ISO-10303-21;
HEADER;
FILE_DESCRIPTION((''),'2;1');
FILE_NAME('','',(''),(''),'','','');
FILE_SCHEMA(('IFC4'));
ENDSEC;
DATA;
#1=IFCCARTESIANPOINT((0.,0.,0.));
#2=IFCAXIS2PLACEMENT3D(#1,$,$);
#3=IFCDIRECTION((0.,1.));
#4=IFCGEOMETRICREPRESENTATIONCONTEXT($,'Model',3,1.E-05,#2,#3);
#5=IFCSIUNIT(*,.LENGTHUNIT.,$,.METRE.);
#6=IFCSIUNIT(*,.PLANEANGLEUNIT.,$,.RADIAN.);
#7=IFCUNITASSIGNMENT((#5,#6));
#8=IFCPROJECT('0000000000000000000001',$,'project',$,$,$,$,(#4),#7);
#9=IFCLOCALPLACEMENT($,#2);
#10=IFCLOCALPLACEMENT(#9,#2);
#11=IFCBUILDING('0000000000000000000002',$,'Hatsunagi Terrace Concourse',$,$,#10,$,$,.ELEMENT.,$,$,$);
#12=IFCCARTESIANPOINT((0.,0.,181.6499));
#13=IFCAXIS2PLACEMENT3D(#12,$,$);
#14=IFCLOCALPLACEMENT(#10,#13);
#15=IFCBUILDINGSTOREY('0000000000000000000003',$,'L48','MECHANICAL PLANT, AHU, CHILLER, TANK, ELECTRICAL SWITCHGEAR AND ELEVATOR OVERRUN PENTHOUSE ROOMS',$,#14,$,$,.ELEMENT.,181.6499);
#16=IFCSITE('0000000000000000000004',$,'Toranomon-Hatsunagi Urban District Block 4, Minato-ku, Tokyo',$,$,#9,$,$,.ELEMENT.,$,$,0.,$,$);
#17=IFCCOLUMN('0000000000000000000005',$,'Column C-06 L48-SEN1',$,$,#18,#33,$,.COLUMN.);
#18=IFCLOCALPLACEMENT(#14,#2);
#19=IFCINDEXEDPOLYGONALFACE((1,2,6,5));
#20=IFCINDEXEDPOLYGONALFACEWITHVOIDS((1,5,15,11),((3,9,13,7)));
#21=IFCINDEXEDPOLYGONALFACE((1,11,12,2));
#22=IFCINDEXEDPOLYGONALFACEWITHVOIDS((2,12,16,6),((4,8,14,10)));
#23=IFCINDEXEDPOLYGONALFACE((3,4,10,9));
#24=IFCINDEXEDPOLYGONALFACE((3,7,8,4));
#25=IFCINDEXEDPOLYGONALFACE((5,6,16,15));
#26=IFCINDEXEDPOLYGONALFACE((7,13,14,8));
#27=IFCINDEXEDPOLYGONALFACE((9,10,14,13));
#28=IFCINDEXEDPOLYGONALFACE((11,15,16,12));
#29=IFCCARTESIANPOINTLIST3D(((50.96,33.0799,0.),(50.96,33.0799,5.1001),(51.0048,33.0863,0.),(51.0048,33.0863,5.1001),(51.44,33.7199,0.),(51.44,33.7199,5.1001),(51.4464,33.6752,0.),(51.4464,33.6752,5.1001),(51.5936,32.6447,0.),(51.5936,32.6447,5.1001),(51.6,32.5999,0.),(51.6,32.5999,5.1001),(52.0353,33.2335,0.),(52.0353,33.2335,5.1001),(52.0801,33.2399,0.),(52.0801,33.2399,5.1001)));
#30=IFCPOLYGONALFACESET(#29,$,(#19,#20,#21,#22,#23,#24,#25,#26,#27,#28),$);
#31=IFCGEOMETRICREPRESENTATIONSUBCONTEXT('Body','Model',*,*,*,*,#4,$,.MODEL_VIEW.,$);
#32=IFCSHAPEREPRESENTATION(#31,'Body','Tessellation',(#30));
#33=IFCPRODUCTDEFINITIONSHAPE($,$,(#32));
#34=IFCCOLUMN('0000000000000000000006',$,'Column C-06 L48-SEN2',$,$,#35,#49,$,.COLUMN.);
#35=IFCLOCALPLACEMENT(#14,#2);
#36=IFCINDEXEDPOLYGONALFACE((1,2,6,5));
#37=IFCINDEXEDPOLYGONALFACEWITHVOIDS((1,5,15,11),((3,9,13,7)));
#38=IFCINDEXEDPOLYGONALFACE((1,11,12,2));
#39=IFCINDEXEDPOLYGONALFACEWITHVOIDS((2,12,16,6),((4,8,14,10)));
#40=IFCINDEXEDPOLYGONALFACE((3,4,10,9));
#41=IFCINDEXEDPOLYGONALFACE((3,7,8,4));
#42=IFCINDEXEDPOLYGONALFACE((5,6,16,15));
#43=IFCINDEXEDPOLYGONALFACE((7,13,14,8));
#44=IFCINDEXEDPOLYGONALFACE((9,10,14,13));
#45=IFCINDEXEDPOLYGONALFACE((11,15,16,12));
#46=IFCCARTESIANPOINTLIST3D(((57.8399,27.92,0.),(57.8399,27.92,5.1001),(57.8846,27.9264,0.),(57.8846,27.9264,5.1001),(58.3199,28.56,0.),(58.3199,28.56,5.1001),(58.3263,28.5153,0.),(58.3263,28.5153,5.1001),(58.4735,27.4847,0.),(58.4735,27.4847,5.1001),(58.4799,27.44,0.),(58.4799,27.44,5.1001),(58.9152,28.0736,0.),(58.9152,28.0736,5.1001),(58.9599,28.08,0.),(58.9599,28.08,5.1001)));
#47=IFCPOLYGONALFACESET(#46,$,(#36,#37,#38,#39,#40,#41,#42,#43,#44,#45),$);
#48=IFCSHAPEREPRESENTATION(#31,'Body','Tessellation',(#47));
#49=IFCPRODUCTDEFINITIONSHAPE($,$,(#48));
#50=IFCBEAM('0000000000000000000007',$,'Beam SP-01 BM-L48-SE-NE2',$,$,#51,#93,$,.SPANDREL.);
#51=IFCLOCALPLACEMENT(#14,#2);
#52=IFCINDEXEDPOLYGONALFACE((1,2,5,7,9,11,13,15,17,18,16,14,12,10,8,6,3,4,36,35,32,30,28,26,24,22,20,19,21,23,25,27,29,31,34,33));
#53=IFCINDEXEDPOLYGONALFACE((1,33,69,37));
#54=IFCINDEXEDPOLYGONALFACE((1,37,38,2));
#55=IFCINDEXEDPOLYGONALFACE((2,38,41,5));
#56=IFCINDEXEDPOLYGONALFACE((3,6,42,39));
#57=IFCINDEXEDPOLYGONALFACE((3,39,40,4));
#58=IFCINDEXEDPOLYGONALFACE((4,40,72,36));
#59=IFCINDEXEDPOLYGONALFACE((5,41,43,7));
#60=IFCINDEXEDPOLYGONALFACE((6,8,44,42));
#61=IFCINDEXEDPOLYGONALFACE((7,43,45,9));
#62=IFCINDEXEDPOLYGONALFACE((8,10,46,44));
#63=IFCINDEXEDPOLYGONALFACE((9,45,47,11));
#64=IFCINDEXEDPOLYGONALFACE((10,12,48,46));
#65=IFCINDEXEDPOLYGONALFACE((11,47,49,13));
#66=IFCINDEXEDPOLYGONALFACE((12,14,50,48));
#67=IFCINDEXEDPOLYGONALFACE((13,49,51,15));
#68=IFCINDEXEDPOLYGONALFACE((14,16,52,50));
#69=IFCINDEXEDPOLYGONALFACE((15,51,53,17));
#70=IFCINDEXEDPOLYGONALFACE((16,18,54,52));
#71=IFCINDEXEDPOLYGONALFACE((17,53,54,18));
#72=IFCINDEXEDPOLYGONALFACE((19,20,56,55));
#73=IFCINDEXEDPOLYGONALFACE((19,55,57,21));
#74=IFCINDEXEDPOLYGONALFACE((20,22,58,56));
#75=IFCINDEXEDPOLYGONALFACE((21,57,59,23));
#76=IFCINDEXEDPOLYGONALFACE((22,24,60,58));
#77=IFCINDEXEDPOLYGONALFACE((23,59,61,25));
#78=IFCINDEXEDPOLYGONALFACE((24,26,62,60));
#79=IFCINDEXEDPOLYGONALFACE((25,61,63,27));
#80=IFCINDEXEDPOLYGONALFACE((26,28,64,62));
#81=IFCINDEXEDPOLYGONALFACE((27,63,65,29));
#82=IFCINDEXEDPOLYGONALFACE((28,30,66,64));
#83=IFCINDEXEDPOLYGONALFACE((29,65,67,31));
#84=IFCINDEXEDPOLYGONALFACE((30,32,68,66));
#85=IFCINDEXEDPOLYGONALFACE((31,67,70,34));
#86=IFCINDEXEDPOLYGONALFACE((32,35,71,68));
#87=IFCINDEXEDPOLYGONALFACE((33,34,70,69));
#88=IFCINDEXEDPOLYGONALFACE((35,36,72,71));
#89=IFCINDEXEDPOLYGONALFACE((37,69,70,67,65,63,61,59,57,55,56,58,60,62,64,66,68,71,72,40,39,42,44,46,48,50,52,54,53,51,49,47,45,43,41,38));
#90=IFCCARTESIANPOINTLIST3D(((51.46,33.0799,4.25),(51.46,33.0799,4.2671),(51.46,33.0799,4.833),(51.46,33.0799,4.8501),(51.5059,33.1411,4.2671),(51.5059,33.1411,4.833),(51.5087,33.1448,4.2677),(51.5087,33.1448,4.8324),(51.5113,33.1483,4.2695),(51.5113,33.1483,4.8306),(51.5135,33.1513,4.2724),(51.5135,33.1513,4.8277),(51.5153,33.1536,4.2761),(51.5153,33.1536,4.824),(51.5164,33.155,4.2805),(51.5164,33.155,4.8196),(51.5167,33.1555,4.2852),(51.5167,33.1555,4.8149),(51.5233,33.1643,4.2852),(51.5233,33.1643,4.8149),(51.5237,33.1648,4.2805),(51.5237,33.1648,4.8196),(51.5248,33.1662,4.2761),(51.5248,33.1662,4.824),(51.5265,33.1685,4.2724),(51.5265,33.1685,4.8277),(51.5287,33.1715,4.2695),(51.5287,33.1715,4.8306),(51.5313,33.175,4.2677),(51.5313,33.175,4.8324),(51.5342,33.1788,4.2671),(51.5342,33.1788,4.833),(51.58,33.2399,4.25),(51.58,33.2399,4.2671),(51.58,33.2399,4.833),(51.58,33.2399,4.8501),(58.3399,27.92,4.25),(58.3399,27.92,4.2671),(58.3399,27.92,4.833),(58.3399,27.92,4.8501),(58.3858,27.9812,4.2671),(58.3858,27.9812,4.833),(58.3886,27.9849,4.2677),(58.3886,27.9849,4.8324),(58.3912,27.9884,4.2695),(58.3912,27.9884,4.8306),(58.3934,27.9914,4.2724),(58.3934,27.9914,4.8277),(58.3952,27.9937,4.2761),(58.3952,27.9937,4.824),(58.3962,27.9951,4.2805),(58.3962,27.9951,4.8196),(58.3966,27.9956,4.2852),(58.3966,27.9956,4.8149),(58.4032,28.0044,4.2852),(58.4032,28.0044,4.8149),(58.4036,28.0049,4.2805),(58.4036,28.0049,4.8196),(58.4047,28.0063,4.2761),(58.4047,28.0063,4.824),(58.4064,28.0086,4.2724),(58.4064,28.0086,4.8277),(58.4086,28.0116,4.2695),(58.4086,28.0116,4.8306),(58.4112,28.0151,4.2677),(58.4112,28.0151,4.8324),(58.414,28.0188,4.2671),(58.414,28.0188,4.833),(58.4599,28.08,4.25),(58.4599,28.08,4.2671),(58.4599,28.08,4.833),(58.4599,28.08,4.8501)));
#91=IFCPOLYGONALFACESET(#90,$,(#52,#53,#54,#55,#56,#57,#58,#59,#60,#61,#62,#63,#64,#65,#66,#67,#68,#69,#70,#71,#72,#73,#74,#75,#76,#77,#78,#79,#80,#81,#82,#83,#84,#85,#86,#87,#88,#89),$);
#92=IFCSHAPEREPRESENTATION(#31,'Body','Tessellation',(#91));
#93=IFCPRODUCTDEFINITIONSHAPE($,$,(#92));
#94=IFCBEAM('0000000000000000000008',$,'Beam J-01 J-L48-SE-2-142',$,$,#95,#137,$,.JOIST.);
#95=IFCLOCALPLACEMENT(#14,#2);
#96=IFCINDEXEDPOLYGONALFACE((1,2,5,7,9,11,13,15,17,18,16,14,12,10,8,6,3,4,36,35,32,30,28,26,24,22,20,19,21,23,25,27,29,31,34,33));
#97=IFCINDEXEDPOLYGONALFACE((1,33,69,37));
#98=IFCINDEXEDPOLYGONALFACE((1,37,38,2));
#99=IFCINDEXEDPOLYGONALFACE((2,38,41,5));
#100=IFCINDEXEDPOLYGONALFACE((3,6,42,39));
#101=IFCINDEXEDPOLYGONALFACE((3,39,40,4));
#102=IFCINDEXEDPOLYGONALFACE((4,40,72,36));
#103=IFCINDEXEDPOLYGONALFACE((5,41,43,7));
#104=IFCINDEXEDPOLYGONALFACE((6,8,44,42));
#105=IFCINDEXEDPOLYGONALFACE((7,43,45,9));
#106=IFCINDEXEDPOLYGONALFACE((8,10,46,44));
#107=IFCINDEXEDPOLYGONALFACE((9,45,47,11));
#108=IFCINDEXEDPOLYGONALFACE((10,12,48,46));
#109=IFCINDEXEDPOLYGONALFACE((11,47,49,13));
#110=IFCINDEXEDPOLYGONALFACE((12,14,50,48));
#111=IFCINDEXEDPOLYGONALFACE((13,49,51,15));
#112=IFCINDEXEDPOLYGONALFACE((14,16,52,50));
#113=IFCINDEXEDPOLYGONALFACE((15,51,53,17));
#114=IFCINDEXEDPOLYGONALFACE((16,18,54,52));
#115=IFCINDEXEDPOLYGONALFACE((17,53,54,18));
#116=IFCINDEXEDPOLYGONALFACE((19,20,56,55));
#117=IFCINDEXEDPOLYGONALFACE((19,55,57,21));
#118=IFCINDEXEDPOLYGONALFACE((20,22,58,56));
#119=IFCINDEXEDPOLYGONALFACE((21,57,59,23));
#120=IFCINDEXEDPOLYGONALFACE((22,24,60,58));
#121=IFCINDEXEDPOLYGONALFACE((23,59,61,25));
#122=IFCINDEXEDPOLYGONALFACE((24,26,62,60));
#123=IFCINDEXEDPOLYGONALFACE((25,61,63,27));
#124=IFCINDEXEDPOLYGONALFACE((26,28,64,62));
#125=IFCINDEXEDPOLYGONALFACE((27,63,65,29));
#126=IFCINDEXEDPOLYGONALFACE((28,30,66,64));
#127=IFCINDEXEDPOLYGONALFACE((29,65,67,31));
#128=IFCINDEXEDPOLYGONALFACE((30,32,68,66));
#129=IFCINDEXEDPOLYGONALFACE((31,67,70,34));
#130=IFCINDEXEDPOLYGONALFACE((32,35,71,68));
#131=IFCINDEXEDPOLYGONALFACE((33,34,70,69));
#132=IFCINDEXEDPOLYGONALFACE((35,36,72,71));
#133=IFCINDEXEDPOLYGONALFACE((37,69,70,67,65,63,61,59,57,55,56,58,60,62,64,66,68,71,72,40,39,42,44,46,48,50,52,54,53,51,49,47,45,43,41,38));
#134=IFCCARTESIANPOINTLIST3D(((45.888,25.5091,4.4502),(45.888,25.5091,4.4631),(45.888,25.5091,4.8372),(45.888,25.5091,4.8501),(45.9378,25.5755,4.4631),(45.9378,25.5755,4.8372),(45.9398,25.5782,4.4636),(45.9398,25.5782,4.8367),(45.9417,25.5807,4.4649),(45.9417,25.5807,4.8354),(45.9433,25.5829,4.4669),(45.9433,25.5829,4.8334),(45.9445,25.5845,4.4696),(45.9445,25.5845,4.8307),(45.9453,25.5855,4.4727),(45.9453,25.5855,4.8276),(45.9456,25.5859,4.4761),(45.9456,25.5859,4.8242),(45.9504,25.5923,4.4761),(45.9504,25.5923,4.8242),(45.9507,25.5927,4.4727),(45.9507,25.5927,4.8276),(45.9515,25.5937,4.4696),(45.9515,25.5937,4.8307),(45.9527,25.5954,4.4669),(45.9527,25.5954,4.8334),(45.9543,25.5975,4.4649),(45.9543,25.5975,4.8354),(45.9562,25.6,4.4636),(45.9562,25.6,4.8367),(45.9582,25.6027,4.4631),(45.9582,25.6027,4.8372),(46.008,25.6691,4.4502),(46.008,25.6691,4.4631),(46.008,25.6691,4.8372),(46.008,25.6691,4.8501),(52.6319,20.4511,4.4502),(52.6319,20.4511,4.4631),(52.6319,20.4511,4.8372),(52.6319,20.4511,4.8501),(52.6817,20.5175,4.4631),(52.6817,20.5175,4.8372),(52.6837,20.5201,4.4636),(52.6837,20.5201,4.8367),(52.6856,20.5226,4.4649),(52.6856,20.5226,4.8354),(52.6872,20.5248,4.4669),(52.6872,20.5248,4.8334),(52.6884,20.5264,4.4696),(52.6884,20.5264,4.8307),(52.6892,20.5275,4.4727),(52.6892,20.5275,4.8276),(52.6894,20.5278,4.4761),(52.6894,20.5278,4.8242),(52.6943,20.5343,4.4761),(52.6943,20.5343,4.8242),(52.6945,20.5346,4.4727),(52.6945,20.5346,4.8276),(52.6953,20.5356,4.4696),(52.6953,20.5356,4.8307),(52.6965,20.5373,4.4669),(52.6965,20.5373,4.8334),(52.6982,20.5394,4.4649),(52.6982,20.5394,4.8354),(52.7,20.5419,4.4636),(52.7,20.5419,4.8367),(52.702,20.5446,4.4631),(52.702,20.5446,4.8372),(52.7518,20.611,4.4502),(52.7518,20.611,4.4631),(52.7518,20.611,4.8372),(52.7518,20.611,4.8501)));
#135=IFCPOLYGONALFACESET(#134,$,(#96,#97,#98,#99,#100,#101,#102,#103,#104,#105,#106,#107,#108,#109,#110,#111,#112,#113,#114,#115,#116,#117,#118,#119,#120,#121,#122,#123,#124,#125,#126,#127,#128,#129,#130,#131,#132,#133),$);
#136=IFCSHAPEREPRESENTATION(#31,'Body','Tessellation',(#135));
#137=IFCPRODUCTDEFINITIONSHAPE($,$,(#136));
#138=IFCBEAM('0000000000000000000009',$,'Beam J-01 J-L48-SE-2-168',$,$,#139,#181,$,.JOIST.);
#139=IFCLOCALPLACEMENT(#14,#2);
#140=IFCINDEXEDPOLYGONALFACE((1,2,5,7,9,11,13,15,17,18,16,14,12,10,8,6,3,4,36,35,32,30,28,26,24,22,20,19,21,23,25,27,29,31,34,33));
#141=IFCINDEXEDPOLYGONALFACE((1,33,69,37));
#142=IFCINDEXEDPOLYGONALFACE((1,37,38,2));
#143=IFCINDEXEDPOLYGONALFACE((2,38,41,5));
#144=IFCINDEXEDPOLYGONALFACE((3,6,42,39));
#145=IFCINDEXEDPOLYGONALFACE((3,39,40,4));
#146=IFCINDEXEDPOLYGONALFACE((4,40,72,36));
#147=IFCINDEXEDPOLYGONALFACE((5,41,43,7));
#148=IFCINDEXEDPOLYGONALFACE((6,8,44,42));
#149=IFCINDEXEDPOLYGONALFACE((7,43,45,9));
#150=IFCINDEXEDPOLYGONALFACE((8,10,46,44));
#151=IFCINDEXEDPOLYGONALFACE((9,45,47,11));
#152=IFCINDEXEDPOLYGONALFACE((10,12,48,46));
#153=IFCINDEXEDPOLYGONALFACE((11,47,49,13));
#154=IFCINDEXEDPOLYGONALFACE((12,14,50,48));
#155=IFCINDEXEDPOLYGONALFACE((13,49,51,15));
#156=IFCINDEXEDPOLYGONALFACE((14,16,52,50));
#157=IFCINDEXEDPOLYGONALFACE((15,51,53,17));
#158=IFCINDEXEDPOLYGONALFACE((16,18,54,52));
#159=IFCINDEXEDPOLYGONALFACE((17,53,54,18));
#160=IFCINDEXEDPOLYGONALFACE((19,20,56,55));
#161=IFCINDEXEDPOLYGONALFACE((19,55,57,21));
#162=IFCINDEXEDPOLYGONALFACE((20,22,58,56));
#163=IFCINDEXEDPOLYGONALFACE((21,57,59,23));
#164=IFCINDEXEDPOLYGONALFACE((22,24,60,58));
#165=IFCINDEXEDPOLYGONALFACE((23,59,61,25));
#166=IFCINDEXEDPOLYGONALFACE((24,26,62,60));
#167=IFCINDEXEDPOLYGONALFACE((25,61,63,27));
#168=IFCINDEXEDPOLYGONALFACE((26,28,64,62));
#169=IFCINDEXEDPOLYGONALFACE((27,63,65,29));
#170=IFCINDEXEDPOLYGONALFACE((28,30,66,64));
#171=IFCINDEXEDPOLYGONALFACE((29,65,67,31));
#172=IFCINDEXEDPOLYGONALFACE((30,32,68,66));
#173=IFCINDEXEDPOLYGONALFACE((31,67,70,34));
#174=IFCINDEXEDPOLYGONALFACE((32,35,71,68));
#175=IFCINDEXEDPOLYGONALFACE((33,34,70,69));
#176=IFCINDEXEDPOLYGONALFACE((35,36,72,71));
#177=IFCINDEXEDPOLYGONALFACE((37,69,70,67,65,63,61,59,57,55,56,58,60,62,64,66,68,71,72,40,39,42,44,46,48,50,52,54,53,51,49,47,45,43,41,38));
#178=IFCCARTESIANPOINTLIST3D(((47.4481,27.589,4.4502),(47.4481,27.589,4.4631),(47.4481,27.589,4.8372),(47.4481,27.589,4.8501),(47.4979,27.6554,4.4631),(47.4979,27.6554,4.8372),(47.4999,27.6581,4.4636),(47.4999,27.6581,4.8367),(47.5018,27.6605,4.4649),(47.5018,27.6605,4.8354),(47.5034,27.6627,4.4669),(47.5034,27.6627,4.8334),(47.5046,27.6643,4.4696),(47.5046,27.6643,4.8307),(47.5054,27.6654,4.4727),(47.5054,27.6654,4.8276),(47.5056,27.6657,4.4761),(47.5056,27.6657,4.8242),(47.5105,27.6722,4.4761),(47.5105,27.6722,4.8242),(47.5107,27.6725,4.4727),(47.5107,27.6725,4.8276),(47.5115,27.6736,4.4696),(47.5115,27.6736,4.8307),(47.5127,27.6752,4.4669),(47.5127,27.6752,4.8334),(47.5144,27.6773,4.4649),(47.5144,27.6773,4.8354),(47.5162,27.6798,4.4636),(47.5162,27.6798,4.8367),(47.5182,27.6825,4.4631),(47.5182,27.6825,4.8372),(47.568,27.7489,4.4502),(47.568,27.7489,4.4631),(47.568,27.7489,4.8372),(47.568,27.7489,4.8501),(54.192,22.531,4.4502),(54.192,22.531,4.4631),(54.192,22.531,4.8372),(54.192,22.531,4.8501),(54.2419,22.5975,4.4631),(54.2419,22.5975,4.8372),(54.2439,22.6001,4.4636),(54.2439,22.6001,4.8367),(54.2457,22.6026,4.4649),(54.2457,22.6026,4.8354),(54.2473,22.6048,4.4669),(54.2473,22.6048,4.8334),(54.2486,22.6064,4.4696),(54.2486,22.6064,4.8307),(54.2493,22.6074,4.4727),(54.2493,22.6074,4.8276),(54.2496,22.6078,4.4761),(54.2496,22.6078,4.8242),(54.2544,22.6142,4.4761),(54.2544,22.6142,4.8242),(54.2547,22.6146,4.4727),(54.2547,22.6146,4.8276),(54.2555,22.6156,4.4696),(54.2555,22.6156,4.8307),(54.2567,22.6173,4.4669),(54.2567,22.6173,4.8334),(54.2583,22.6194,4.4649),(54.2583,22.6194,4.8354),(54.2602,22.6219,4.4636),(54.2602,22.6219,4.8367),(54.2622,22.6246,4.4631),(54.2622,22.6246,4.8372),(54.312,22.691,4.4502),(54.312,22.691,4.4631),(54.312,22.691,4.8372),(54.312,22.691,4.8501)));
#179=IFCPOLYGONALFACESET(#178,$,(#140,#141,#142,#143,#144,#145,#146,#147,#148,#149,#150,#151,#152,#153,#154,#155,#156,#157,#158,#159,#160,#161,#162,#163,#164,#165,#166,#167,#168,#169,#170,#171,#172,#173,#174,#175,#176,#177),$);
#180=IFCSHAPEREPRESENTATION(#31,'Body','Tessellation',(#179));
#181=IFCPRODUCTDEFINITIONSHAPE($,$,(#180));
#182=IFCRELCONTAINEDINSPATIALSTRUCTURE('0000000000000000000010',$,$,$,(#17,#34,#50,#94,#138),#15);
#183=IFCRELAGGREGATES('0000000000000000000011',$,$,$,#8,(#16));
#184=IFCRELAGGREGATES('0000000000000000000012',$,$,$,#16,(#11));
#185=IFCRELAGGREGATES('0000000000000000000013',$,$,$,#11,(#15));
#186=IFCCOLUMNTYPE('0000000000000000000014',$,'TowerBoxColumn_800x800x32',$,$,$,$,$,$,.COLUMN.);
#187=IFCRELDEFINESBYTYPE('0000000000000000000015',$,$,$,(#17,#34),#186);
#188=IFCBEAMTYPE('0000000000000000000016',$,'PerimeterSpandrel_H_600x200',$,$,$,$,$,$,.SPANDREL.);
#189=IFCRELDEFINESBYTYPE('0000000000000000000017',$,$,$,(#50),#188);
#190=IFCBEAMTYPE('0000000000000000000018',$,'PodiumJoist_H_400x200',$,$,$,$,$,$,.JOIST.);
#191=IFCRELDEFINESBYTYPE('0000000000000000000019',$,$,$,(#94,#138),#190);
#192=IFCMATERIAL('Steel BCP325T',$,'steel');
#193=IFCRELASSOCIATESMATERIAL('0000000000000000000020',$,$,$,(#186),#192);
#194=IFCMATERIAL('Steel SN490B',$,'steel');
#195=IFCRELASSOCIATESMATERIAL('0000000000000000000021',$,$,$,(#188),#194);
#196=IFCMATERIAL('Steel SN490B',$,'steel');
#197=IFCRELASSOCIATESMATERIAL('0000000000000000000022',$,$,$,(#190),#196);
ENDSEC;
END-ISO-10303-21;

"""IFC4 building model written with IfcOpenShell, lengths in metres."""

from ifc_helpers import new_model, si_unit, direction, frame, origin, origin_2d, place, context, subcontext, project, spatial, hollow_rectangle, i_section, extrude, material, material_profile, profile_set, type_object, element, save


model = new_model("IFC4")

# Units and contexts
model_context = context("Model", 3, precision=1e-05, world=origin(), true_north=direction((0.0, 1.0)))
body_context = subcontext(model_context, "Body", "Model", "MODEL_VIEW")
ifc_project = project(units=[si_unit("LENGTHUNIT", "METRE"), si_unit("PLANEANGLEUNIT", "RADIAN")], contexts=[model_context])

# Site, building, storey
site_placement = place(None, origin())
site = spatial("IfcSite", under=ifc_project, at=site_placement, Name="Toranomon-Hatsunagi Urban District Block 4, Minato-ku, Tokyo", CompositionType="ELEMENT", RefElevation=0.0)
building_placement = place(site_placement, origin())
building = spatial("IfcBuilding", under=site, at=building_placement, Name="Hatsunagi Terrace Concourse", CompositionType="ELEMENT")
storey_placement = place(building_placement, frame((0.0, 0.0, 181.6499)))
storey = spatial("IfcBuildingStorey", under=building, at=storey_placement, Name="L48", Description="MECHANICAL PLANT, AHU, CHILLER, TANK, ELECTRICAL SWITCHGEAR AND ELEVATOR OVERRUN PENTHOUSE ROOMS", CompositionType="ELEMENT", Elevation=181.6499)

# Columns
ifc_material_1 = material(Name="Steel BCP325T", Category="steel")
ifc_material_profile_1 = material_profile(ifc_material_1, hollow_rectangle(XDim=0.8, YDim=0.8, WallThickness=0.032, at=origin_2d()), Name="BCP-800x800x32")
ifc_profile_set_1 = profile_set([ifc_material_profile_1], Name="Steel BCP325T")
column_type = type_object("IfcColumnType", Name="TowerBoxColumn_800x800x32", PredefinedType="COLUMN", material=ifc_profile_set_1)
for number, where, z_axis, x_axis, name in (
    (1, (51.52, 33.1599, 0.0), (0.0, 0.0, 1.0), (0.8, -0.6, 0.0), "Column C-06 L48-SEN1"),
    (2, (58.3999, 28.0, 0.0), (0.0, 0.0, 1.0), (0.8, -0.6, 0.0), "Column C-06 L48-SEN2"),
):
    element("IfcColumn", number, at=place(storey_placement, frame(where, z_axis=z_axis, x_axis=x_axis)), inside=storey, type_object=column_type, Name=name, PredefinedType="COLUMN", context=body_context, shape_type="SweptSolid", body=[
        extrude(hollow_rectangle(XDim=0.8, YDim=0.8, WallThickness=0.032, at=origin_2d()), origin(), (0.0, 0.0, 1.0), 5.1001),
    ])

# Beams
ifc_material_2 = material(Name="Steel SN490B", Category="steel")
ifc_material_profile_2 = material_profile(ifc_material_2, i_section(OverallWidth=0.2, OverallDepth=0.6001, WebThickness=0.011, FlangeThickness=0.0171, FilletRadius=0.0181, at=origin_2d()), Name="H-600x200x11x17")
ifc_profile_set_2 = profile_set([ifc_material_profile_2], Name="Steel SN490B")
beam_type_1 = type_object("IfcBeamType", Name="PerimeterSpandrel_H_600x200", PredefinedType="SPANDREL", material=ifc_profile_set_2)
beam_placement = place(storey_placement, frame((51.52, 33.1599, 4.55), z_axis=(0.8, -0.6, 0.0), x_axis=(0.6, 0.8, 0.0)))
element("IfcBeam", 3, at=beam_placement, inside=storey, type_object=beam_type_1, Name="Beam SP-01 BM-L48-SE-NE2", PredefinedType="SPANDREL", context=body_context, shape_type="SweptSolid", body=[
    extrude(i_section(OverallWidth=0.2, OverallDepth=0.6001, WebThickness=0.011, FlangeThickness=0.0171, FilletRadius=0.0181, at=origin_2d()), origin(), (0.0, 0.0, 1.0), 8.5999),
])
ifc_material_3 = material(Name="Steel SN490B", Category="steel")
ifc_material_profile_3 = material_profile(ifc_material_3, i_section(OverallWidth=0.2, OverallDepth=0.3999, WebThickness=0.0081, FlangeThickness=0.0129, FilletRadius=0.0129, at=origin_2d()), Name="H-400x200x8x13")
ifc_profile_set_3 = profile_set([ifc_material_profile_3], Name="Steel SN490B")
beam_type_2 = type_object("IfcBeamType", Name="PodiumJoist_H_400x200", PredefinedType="JOIST", material=ifc_profile_set_3)
for number, where, z_axis, x_axis, name in (
    (4, (45.948, 25.5891, 4.6501), (0.79999, -0.600014, 0.0), (0.600014, 0.79999, 0.0), "Beam J-01 J-L48-SE-2-142"),
    (5, (47.5081, 27.6689, 4.6501), (0.800003, -0.599995, 0.0), (0.599995, 0.800003, 0.0), "Beam J-01 J-L48-SE-2-168"),
):
    element("IfcBeam", number, at=place(storey_placement, frame(where, z_axis=z_axis, x_axis=x_axis)), inside=storey, type_object=beam_type_2, Name=name, PredefinedType="JOIST", context=body_context, shape_type="SweptSolid", body=[
        extrude(i_section(OverallWidth=0.2, OverallDepth=0.3999, WebThickness=0.0081, FlangeThickness=0.0129, FilletRadius=0.0129, at=origin_2d()), origin(), (0.0, 0.0, 1.0), 8.4299),
    ])

save(model, "model.ifc")
